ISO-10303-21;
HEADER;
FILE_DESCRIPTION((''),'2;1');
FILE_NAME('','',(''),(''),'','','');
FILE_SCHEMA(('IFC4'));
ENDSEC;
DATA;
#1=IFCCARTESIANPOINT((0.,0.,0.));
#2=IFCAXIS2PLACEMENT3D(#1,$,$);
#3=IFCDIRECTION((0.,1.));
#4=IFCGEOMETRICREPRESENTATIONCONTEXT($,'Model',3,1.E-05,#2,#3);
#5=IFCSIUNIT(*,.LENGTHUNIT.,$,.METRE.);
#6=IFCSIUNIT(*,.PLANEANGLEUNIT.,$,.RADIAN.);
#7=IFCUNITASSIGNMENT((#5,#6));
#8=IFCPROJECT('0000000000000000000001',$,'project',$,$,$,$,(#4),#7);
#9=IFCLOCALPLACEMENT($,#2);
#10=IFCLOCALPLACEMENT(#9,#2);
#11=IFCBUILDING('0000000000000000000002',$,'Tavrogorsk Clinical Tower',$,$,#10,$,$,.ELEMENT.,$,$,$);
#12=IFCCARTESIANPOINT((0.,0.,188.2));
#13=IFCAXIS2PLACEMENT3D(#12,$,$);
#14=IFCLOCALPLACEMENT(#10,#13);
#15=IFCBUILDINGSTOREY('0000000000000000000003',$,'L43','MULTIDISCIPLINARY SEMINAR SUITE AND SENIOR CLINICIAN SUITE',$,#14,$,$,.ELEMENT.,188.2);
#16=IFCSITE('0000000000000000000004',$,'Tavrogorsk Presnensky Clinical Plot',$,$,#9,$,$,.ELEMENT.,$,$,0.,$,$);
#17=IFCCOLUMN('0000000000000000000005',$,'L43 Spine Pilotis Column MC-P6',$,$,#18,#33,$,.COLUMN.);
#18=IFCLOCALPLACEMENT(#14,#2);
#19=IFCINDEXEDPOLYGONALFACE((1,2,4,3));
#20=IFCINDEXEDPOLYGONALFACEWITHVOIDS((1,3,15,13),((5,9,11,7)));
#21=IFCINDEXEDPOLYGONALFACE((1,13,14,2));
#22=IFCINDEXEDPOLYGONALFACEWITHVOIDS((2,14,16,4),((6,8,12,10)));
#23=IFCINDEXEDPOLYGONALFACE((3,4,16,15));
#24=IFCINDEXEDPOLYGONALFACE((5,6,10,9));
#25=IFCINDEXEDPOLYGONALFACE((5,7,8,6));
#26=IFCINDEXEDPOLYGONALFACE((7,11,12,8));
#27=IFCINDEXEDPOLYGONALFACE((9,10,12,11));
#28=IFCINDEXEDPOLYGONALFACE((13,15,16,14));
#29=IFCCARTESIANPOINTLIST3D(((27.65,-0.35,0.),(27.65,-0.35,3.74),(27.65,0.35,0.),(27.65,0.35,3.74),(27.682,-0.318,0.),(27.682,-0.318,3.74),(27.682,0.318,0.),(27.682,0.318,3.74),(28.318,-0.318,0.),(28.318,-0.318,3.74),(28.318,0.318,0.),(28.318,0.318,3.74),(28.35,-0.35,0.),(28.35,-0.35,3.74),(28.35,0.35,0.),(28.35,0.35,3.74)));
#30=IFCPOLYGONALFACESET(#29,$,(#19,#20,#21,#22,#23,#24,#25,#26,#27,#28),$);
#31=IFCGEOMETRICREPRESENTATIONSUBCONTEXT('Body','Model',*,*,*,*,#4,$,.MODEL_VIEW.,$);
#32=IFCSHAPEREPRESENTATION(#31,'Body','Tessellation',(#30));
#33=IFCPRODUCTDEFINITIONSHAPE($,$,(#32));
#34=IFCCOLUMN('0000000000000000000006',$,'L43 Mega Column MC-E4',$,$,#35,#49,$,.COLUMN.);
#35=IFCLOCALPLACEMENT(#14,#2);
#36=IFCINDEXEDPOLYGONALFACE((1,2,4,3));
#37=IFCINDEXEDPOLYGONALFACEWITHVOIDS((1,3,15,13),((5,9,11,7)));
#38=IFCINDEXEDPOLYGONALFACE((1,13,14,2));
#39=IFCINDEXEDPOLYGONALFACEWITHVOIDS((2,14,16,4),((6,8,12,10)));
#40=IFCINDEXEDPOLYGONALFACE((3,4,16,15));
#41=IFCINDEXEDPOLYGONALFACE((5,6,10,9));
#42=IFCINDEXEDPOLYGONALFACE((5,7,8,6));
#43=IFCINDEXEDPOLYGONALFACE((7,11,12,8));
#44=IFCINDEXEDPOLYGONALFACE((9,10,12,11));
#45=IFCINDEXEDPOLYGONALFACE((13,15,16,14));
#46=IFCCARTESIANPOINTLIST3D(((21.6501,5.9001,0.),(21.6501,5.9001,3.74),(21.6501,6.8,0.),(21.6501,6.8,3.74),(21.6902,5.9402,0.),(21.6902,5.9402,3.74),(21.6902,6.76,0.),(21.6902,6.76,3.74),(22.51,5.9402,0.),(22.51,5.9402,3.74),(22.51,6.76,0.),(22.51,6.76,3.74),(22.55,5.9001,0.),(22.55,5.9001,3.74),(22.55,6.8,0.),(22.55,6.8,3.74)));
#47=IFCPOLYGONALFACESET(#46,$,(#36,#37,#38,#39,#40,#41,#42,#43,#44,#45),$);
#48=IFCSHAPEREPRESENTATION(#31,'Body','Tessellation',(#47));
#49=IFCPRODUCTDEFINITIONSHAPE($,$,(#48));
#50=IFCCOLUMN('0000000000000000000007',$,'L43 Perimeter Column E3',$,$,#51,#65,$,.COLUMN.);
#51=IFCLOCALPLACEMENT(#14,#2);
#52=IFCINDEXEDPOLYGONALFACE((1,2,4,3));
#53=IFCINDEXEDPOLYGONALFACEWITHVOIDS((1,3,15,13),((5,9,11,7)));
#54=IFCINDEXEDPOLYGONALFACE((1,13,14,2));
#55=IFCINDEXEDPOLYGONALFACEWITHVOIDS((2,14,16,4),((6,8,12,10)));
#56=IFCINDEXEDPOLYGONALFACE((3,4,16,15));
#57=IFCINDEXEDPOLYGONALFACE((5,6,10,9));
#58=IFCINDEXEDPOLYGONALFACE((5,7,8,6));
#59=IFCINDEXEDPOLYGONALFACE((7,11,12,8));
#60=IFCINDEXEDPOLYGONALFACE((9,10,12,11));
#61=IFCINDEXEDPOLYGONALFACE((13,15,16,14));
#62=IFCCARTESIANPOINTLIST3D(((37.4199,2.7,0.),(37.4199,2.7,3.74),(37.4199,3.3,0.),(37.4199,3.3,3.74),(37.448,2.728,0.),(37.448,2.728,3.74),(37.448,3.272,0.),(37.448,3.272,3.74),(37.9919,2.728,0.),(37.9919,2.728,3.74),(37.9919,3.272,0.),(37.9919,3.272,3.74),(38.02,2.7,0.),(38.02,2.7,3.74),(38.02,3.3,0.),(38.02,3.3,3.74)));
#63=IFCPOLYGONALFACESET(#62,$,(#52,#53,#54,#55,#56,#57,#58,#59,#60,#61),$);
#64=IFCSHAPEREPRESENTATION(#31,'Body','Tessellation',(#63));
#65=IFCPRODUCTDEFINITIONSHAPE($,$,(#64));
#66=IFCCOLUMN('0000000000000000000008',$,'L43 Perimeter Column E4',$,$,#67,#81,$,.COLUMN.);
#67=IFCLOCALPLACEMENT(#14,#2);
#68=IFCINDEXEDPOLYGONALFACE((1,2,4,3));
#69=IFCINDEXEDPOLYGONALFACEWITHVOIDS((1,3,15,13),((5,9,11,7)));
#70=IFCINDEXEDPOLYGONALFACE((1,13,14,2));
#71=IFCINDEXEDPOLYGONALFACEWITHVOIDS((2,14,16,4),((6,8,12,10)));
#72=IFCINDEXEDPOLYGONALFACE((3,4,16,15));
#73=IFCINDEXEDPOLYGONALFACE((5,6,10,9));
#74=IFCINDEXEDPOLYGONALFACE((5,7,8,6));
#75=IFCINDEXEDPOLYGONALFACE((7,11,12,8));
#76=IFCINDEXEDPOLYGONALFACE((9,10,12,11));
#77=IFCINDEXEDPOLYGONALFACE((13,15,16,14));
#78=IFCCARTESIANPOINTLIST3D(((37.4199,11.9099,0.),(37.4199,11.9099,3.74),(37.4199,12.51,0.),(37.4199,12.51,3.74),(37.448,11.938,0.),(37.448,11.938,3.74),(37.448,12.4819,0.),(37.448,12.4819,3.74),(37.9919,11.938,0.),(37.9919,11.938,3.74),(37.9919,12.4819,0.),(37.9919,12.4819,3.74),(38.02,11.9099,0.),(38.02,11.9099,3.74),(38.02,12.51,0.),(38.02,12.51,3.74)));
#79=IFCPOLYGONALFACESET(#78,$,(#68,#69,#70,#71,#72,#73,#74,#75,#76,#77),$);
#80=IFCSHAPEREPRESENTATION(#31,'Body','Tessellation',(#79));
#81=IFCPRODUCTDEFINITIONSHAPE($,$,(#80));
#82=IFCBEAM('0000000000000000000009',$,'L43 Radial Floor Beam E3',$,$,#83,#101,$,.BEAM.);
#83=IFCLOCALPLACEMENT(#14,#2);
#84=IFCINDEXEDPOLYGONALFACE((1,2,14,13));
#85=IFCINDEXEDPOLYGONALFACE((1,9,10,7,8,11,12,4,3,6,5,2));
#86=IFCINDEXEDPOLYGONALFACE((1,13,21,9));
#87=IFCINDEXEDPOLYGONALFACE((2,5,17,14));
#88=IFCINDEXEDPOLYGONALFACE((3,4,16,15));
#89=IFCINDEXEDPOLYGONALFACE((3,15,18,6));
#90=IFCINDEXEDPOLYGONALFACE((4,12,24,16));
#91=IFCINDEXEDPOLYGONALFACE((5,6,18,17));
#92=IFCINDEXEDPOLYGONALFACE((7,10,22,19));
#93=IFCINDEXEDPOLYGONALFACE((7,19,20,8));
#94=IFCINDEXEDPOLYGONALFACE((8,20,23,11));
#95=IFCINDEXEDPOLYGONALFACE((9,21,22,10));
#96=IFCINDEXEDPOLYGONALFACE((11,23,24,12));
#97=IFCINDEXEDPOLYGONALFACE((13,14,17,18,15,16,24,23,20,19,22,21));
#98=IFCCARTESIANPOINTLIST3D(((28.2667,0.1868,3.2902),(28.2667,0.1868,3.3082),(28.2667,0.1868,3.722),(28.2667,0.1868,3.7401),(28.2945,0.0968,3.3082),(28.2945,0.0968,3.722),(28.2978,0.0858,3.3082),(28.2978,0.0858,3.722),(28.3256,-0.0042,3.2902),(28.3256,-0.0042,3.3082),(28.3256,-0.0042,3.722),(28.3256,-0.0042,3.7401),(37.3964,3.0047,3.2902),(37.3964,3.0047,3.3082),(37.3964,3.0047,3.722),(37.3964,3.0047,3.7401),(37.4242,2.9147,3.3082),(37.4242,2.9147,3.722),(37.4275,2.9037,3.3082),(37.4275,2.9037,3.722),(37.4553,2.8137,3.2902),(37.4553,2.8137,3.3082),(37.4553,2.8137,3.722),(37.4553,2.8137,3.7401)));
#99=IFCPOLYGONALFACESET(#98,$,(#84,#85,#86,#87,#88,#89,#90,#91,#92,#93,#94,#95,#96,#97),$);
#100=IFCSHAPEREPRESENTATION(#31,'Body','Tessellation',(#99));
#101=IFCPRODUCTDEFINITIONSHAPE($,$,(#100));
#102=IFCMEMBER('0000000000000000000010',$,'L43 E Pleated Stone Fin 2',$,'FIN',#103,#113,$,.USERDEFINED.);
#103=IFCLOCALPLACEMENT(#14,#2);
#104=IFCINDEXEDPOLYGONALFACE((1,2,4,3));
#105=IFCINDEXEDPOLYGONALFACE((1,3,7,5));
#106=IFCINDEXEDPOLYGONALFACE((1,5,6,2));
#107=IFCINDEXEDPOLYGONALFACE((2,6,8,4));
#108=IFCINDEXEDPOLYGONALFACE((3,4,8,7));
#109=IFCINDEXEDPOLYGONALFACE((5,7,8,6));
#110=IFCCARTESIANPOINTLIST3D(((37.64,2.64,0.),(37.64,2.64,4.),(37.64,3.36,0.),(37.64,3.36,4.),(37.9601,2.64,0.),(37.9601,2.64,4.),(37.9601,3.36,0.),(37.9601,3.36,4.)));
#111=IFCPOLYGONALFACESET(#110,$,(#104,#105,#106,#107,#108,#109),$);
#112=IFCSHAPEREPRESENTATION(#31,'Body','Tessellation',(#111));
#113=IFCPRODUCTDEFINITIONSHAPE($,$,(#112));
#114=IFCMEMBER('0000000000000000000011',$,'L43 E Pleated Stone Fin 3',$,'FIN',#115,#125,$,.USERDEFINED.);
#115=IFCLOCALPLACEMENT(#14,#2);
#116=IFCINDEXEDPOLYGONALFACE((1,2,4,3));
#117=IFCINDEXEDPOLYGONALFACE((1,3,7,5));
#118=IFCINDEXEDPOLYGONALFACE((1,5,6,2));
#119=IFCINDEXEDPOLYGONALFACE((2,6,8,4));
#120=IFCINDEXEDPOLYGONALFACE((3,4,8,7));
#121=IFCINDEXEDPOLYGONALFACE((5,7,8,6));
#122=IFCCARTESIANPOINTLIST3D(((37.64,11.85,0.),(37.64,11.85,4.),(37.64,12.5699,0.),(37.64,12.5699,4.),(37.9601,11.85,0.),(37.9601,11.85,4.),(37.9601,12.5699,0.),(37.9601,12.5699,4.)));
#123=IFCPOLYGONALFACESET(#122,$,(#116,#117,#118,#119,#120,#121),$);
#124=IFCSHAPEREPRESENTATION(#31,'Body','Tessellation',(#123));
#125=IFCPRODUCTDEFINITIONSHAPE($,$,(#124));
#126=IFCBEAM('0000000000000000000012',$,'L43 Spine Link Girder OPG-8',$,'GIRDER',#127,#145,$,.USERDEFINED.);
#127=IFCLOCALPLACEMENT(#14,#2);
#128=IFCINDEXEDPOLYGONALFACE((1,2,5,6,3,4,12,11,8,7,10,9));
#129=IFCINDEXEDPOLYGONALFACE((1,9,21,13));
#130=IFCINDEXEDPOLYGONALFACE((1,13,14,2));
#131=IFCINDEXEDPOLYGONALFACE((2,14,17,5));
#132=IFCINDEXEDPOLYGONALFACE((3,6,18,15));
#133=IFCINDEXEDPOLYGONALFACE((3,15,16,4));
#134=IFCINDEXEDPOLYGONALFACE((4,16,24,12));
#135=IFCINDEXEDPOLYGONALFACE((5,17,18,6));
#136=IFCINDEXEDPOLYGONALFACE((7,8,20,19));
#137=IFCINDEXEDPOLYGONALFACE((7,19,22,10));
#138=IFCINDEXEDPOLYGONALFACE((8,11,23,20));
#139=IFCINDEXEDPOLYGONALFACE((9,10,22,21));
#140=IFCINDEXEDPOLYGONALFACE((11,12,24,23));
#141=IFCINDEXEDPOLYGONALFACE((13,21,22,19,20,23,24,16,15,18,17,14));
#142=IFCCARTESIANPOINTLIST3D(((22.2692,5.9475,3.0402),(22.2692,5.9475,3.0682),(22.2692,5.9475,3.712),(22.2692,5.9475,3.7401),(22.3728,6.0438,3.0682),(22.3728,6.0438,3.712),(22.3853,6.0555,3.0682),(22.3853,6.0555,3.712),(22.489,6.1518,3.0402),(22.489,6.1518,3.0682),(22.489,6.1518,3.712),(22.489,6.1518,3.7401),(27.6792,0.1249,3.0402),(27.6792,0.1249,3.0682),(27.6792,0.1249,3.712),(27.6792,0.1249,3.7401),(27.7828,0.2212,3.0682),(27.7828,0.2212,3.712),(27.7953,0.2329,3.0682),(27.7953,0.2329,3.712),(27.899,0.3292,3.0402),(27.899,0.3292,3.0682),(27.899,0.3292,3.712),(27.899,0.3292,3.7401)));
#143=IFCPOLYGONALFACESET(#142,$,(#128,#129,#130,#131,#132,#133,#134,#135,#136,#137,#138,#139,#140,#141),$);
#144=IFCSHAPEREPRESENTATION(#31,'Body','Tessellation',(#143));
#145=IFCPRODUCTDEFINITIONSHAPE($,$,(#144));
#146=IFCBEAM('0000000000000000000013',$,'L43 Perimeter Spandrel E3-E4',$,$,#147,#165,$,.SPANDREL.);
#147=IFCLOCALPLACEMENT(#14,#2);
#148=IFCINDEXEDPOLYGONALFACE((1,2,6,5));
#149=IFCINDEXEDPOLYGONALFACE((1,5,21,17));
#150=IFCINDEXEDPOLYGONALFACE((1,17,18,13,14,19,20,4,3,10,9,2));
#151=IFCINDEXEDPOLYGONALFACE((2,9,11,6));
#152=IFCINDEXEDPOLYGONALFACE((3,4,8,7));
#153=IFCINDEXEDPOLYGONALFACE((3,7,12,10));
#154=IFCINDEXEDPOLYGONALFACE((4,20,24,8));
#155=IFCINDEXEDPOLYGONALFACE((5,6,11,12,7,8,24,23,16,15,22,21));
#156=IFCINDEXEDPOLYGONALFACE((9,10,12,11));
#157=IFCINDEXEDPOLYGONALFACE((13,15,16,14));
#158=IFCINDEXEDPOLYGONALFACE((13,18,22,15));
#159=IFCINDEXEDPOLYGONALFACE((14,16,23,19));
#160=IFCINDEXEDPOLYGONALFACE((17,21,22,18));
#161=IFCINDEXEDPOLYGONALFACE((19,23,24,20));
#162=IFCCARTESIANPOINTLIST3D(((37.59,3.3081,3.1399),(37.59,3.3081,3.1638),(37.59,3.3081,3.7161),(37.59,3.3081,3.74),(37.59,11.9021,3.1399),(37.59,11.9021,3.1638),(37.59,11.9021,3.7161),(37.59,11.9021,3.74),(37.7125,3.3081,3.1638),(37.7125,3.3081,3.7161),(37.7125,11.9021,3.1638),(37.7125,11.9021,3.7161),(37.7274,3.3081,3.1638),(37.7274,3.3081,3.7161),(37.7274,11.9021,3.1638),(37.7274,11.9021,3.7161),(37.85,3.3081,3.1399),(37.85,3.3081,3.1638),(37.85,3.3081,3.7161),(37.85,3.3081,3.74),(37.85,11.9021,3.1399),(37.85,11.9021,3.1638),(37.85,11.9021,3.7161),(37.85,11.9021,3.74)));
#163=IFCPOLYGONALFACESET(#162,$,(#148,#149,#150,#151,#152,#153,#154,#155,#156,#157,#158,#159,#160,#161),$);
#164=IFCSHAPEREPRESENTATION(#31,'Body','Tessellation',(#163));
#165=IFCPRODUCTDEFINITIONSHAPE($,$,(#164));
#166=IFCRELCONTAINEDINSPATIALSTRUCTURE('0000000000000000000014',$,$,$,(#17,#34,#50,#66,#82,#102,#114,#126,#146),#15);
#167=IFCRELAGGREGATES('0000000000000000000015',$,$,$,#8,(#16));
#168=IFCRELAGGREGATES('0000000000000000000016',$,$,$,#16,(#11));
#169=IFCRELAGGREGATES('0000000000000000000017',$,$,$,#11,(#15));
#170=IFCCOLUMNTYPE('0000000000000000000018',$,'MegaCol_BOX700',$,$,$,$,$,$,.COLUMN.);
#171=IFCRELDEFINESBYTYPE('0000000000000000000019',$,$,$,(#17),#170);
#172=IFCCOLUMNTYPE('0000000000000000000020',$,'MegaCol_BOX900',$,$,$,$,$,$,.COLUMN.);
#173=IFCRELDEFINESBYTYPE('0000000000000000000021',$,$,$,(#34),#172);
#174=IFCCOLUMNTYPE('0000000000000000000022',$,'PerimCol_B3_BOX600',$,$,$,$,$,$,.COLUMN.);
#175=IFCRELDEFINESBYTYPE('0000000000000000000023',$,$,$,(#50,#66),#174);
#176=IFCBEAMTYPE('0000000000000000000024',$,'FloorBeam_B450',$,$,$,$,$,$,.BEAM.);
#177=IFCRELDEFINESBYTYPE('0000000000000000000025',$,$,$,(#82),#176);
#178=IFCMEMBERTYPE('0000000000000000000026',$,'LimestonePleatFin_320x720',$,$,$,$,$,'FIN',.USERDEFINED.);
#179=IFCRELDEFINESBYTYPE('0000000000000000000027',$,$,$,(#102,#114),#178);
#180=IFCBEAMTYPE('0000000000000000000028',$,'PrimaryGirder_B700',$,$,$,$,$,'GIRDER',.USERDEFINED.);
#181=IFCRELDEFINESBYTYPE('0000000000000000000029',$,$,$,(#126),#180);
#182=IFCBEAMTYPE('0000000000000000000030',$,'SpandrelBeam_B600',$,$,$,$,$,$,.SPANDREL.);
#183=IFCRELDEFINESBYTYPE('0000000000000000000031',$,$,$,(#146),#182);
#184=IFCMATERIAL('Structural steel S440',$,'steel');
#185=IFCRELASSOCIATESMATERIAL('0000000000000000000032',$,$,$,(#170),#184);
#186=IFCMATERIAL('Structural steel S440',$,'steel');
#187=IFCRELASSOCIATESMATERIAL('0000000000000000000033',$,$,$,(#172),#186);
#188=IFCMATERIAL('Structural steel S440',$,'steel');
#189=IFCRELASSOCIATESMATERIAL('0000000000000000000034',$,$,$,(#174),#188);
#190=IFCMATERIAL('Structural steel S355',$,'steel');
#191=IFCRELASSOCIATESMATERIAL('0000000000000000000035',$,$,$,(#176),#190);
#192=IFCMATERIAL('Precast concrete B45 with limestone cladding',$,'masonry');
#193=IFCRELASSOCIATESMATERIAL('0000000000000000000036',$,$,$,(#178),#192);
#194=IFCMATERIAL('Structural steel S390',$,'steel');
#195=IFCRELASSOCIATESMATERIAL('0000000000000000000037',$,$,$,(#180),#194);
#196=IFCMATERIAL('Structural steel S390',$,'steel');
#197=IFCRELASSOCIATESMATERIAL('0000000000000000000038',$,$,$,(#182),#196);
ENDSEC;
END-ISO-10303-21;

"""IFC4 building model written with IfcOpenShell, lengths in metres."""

from ifc_helpers import new_model, si_unit, direction, frame, origin, origin_2d, place, context, subcontext, project, spatial, rectangle, hollow_rectangle, i_section, extrude, material, material_profile, profile_set, type_object, element, save


model = new_model("IFC4")

# Units and contexts
model_context = context("Model", 3, precision=1e-05, world=origin(), true_north=direction((0.0, 1.0)))
body_context = subcontext(model_context, "Body", "Model", "MODEL_VIEW")
ifc_project = project(units=[si_unit("LENGTHUNIT", "METRE"), si_unit("PLANEANGLEUNIT", "RADIAN")], contexts=[model_context])

# Site, building, storey
site_placement = place(None, origin())
site = spatial("IfcSite", under=ifc_project, at=site_placement, Name="Tavrogorsk Presnensky Clinical Plot", CompositionType="ELEMENT", RefElevation=0.0)
building_placement = place(site_placement, origin())
building = spatial("IfcBuilding", under=site, at=building_placement, Name="Tavrogorsk Clinical Tower", CompositionType="ELEMENT")
storey_placement = place(building_placement, frame((0.0, 0.0, 188.2)))
storey = spatial("IfcBuildingStorey", under=building, at=storey_placement, Name="L43", Description="MULTIDISCIPLINARY SEMINAR SUITE AND SENIOR CLINICIAN SUITE", CompositionType="ELEMENT", Elevation=188.2)

# Columns
ifc_material_1 = material(Name="Structural steel S440", Category="steel")
ifc_material_profile_1 = material_profile(ifc_material_1, hollow_rectangle(XDim=0.7, YDim=0.7, WallThickness=0.032, at=origin_2d()), Name="BOX-700x700x32")
ifc_profile_set_1 = profile_set([ifc_material_profile_1], Name="Structural steel S440")
column_type_1 = type_object("IfcColumnType", Name="MegaCol_BOX700", PredefinedType="COLUMN", material=ifc_profile_set_1)
column_1_placement = place(storey_placement, frame((28.0, 0.0, 0.0), z_axis=(0.0, 0.0, 1.0), x_axis=(1.0, 0.0, 0.0)))
element("IfcColumn", 1, at=column_1_placement, inside=storey, type_object=column_type_1, Name="L43 Spine Pilotis Column MC-P6", PredefinedType="COLUMN", context=body_context, shape_type="SweptSolid", body=[
    extrude(hollow_rectangle(XDim=0.7, YDim=0.7, WallThickness=0.032, at=origin_2d()), origin(), (0.0, 0.0, 1.0), 3.74),
])
ifc_material_2 = material(Name="Structural steel S440", Category="steel")
ifc_material_profile_2 = material_profile(ifc_material_2, hollow_rectangle(XDim=0.8999, YDim=0.8999, WallThickness=0.04, at=origin_2d()), Name="BOX-900x900x40")
ifc_profile_set_2 = profile_set([ifc_material_profile_2], Name="Structural steel S440")
column_type_2 = type_object("IfcColumnType", Name="MegaCol_BOX900", PredefinedType="COLUMN", material=ifc_profile_set_2)
column_2_placement = place(storey_placement, frame((22.1001, 6.3501, 0.0), z_axis=(0.0, 0.0, 1.0), x_axis=(1.0, 0.0, 0.0)))
element("IfcColumn", 2, at=column_2_placement, inside=storey, type_object=column_type_2, Name="L43 Mega Column MC-E4", PredefinedType="COLUMN", context=body_context, shape_type="SweptSolid", body=[
    extrude(hollow_rectangle(XDim=0.8999, YDim=0.8999, WallThickness=0.04, at=origin_2d()), origin(), (0.0, 0.0, 1.0), 3.74),
])
ifc_material_3 = material(Name="Structural steel S440", Category="steel")
ifc_material_profile_3 = material_profile(ifc_material_3, hollow_rectangle(XDim=0.6001, YDim=0.6001, WallThickness=0.0281, at=origin_2d()), Name="BOX-600x600x28")
ifc_profile_set_3 = profile_set([ifc_material_profile_3], Name="Structural steel S440")
column_type_3 = type_object("IfcColumnType", Name="PerimCol_B3_BOX600", PredefinedType="COLUMN", material=ifc_profile_set_3)
for number, where, z_axis, x_axis, name in (
    (3, (37.72, 3.0, 0.0), (0.0, 0.0, 1.0), (1.0, 0.0, 0.0), "L43 Perimeter Column E3"),
    (4, (37.72, 12.21, 0.0), (0.0, 0.0, 1.0), (1.0, 0.0, 0.0), "L43 Perimeter Column E4"),
):
    element("IfcColumn", number, at=place(storey_placement, frame(where, z_axis=z_axis, x_axis=x_axis)), inside=storey, type_object=column_type_3, Name=name, PredefinedType="COLUMN", context=body_context, shape_type="SweptSolid", body=[
        extrude(hollow_rectangle(XDim=0.6001, YDim=0.6001, WallThickness=0.0281, at=origin_2d()), origin(), (0.0, 0.0, 1.0), 3.74),
    ])

# Beam
ifc_material_4 = material(Name="Structural steel S355", Category="steel")
ifc_material_profile_4 = material_profile(ifc_material_4, i_section(OverallWidth=0.2, OverallDepth=0.45, WebThickness=0.0115, FlangeThickness=0.0181, at=origin_2d()), Name="B-450x200x11.5x18")
ifc_profile_set_4 = profile_set([ifc_material_profile_4], Name="Structural steel S355")
beam_type_1 = type_object("IfcBeamType", Name="FloorBeam_B450", PredefinedType="BEAM", material=ifc_profile_set_4)
beam_1_placement = place(storey_placement, frame((28.2961, 0.0913, 3.5151), z_axis=(0.955521, 0.294922, 0.0), x_axis=(-0.294922, 0.955521, 0.0)))
element("IfcBeam", 5, at=beam_1_placement, inside=storey, type_object=beam_type_1, Name="L43 Radial Floor Beam E3", PredefinedType="BEAM", context=body_context, shape_type="SweptSolid", body=[
    extrude(i_section(OverallWidth=0.2, OverallDepth=0.45, WebThickness=0.0115, FlangeThickness=0.0181, at=origin_2d()), origin(), (0.0, 0.0, 1.0), 9.5547),
])

# Members
ifc_material_5 = material(Name="Precast concrete B45 with limestone cladding", Category="masonry")
ifc_material_profile_5 = material_profile(ifc_material_5, rectangle(XDim=0.3201, YDim=0.72, at=origin_2d()), Name="LIMESTONE-FIN-320x720")
ifc_profile_set_5 = profile_set([ifc_material_profile_5], Name="Precast concrete B45 with limestone cladding")
member_type = type_object("IfcMemberType", Name="LimestonePleatFin_320x720", ElementType="FIN", PredefinedType="USERDEFINED", material=ifc_profile_set_5)
for number, where, z_axis, x_axis, name in (
    (6, (37.8, 3.0, 0.0), (0.0, 0.0, 1.0), (1.0, 0.0, 0.0), "L43 E Pleated Stone Fin 2"),
    (7, (37.8, 12.21, 0.0), (0.0, 0.0, 1.0), (1.0, 0.0, 0.0), "L43 E Pleated Stone Fin 3"),
):
    element("IfcMember", number, at=place(storey_placement, frame(where, z_axis=z_axis, x_axis=x_axis)), inside=storey, type_object=member_type, Name=name, ObjectType="FIN", PredefinedType="USERDEFINED", context=body_context, shape_type="SweptSolid", body=[
        extrude(rectangle(XDim=0.3201, YDim=0.72, at=origin_2d()), origin(), (0.0, 0.0, 1.0), 4.0),
    ])

# Beams
ifc_material_6 = material(Name="Structural steel S390", Category="steel")
ifc_material_profile_6 = material_profile(ifc_material_6, i_section(OverallWidth=0.3, OverallDepth=0.7, WebThickness=0.0171, FlangeThickness=0.0281, at=origin_2d()), Name="B-700x300x17x28")
ifc_profile_set_6 = profile_set([ifc_material_profile_6], Name="Structural steel S390")
beam_type_2 = type_object("IfcBeamType", Name="PrimaryGirder_B700", ElementType="GIRDER", PredefinedType="USERDEFINED", material=ifc_profile_set_6)
beam_2_placement = place(storey_placement, frame((27.7891, 0.2271, 3.3901), z_axis=(-0.680674, 0.732587, 0.0), x_axis=(-0.732587, -0.680674, 0.0)))
element("IfcBeam", 8, at=beam_2_placement, inside=storey, type_object=beam_type_2, Name="L43 Spine Link Girder OPG-8", ObjectType="GIRDER", PredefinedType="USERDEFINED", context=body_context, shape_type="SweptSolid", body=[
    extrude(i_section(OverallWidth=0.3, OverallDepth=0.7, WebThickness=0.0171, FlangeThickness=0.0281, at=origin_2d()), origin(), (0.0, 0.0, 1.0), 7.948),
])
ifc_material_7 = material(Name="Structural steel S390", Category="steel")
ifc_material_profile_7 = material_profile(ifc_material_7, i_section(OverallWidth=0.26, OverallDepth=0.6001, WebThickness=0.0149, FlangeThickness=0.0239, at=origin_2d()), Name="B-600x260x15x24")
ifc_profile_set_7 = profile_set([ifc_material_profile_7], Name="Structural steel S390")
beam_type_3 = type_object("IfcBeamType", Name="SpandrelBeam_B600", PredefinedType="SPANDREL", material=ifc_profile_set_7)
for number, where, z_axis, x_axis, name in (
    (9, (37.72, 3.3081, 3.4399), (0.0, 1.0, 0.0), (-1.0, 0.0, 0.0), "L43 Perimeter Spandrel E3-E4"),
):
    element("IfcBeam", number, at=place(storey_placement, frame(where, z_axis=z_axis, x_axis=x_axis)), inside=storey, type_object=beam_type_3, Name=name, PredefinedType="SPANDREL", context=body_context, shape_type="SweptSolid", body=[
        extrude(i_section(OverallWidth=0.26, OverallDepth=0.6001, WebThickness=0.0149, FlangeThickness=0.0239, at=origin_2d()), origin(), (0.0, 0.0, 1.0), 8.594),
    ])

save(model, "model.ifc")
